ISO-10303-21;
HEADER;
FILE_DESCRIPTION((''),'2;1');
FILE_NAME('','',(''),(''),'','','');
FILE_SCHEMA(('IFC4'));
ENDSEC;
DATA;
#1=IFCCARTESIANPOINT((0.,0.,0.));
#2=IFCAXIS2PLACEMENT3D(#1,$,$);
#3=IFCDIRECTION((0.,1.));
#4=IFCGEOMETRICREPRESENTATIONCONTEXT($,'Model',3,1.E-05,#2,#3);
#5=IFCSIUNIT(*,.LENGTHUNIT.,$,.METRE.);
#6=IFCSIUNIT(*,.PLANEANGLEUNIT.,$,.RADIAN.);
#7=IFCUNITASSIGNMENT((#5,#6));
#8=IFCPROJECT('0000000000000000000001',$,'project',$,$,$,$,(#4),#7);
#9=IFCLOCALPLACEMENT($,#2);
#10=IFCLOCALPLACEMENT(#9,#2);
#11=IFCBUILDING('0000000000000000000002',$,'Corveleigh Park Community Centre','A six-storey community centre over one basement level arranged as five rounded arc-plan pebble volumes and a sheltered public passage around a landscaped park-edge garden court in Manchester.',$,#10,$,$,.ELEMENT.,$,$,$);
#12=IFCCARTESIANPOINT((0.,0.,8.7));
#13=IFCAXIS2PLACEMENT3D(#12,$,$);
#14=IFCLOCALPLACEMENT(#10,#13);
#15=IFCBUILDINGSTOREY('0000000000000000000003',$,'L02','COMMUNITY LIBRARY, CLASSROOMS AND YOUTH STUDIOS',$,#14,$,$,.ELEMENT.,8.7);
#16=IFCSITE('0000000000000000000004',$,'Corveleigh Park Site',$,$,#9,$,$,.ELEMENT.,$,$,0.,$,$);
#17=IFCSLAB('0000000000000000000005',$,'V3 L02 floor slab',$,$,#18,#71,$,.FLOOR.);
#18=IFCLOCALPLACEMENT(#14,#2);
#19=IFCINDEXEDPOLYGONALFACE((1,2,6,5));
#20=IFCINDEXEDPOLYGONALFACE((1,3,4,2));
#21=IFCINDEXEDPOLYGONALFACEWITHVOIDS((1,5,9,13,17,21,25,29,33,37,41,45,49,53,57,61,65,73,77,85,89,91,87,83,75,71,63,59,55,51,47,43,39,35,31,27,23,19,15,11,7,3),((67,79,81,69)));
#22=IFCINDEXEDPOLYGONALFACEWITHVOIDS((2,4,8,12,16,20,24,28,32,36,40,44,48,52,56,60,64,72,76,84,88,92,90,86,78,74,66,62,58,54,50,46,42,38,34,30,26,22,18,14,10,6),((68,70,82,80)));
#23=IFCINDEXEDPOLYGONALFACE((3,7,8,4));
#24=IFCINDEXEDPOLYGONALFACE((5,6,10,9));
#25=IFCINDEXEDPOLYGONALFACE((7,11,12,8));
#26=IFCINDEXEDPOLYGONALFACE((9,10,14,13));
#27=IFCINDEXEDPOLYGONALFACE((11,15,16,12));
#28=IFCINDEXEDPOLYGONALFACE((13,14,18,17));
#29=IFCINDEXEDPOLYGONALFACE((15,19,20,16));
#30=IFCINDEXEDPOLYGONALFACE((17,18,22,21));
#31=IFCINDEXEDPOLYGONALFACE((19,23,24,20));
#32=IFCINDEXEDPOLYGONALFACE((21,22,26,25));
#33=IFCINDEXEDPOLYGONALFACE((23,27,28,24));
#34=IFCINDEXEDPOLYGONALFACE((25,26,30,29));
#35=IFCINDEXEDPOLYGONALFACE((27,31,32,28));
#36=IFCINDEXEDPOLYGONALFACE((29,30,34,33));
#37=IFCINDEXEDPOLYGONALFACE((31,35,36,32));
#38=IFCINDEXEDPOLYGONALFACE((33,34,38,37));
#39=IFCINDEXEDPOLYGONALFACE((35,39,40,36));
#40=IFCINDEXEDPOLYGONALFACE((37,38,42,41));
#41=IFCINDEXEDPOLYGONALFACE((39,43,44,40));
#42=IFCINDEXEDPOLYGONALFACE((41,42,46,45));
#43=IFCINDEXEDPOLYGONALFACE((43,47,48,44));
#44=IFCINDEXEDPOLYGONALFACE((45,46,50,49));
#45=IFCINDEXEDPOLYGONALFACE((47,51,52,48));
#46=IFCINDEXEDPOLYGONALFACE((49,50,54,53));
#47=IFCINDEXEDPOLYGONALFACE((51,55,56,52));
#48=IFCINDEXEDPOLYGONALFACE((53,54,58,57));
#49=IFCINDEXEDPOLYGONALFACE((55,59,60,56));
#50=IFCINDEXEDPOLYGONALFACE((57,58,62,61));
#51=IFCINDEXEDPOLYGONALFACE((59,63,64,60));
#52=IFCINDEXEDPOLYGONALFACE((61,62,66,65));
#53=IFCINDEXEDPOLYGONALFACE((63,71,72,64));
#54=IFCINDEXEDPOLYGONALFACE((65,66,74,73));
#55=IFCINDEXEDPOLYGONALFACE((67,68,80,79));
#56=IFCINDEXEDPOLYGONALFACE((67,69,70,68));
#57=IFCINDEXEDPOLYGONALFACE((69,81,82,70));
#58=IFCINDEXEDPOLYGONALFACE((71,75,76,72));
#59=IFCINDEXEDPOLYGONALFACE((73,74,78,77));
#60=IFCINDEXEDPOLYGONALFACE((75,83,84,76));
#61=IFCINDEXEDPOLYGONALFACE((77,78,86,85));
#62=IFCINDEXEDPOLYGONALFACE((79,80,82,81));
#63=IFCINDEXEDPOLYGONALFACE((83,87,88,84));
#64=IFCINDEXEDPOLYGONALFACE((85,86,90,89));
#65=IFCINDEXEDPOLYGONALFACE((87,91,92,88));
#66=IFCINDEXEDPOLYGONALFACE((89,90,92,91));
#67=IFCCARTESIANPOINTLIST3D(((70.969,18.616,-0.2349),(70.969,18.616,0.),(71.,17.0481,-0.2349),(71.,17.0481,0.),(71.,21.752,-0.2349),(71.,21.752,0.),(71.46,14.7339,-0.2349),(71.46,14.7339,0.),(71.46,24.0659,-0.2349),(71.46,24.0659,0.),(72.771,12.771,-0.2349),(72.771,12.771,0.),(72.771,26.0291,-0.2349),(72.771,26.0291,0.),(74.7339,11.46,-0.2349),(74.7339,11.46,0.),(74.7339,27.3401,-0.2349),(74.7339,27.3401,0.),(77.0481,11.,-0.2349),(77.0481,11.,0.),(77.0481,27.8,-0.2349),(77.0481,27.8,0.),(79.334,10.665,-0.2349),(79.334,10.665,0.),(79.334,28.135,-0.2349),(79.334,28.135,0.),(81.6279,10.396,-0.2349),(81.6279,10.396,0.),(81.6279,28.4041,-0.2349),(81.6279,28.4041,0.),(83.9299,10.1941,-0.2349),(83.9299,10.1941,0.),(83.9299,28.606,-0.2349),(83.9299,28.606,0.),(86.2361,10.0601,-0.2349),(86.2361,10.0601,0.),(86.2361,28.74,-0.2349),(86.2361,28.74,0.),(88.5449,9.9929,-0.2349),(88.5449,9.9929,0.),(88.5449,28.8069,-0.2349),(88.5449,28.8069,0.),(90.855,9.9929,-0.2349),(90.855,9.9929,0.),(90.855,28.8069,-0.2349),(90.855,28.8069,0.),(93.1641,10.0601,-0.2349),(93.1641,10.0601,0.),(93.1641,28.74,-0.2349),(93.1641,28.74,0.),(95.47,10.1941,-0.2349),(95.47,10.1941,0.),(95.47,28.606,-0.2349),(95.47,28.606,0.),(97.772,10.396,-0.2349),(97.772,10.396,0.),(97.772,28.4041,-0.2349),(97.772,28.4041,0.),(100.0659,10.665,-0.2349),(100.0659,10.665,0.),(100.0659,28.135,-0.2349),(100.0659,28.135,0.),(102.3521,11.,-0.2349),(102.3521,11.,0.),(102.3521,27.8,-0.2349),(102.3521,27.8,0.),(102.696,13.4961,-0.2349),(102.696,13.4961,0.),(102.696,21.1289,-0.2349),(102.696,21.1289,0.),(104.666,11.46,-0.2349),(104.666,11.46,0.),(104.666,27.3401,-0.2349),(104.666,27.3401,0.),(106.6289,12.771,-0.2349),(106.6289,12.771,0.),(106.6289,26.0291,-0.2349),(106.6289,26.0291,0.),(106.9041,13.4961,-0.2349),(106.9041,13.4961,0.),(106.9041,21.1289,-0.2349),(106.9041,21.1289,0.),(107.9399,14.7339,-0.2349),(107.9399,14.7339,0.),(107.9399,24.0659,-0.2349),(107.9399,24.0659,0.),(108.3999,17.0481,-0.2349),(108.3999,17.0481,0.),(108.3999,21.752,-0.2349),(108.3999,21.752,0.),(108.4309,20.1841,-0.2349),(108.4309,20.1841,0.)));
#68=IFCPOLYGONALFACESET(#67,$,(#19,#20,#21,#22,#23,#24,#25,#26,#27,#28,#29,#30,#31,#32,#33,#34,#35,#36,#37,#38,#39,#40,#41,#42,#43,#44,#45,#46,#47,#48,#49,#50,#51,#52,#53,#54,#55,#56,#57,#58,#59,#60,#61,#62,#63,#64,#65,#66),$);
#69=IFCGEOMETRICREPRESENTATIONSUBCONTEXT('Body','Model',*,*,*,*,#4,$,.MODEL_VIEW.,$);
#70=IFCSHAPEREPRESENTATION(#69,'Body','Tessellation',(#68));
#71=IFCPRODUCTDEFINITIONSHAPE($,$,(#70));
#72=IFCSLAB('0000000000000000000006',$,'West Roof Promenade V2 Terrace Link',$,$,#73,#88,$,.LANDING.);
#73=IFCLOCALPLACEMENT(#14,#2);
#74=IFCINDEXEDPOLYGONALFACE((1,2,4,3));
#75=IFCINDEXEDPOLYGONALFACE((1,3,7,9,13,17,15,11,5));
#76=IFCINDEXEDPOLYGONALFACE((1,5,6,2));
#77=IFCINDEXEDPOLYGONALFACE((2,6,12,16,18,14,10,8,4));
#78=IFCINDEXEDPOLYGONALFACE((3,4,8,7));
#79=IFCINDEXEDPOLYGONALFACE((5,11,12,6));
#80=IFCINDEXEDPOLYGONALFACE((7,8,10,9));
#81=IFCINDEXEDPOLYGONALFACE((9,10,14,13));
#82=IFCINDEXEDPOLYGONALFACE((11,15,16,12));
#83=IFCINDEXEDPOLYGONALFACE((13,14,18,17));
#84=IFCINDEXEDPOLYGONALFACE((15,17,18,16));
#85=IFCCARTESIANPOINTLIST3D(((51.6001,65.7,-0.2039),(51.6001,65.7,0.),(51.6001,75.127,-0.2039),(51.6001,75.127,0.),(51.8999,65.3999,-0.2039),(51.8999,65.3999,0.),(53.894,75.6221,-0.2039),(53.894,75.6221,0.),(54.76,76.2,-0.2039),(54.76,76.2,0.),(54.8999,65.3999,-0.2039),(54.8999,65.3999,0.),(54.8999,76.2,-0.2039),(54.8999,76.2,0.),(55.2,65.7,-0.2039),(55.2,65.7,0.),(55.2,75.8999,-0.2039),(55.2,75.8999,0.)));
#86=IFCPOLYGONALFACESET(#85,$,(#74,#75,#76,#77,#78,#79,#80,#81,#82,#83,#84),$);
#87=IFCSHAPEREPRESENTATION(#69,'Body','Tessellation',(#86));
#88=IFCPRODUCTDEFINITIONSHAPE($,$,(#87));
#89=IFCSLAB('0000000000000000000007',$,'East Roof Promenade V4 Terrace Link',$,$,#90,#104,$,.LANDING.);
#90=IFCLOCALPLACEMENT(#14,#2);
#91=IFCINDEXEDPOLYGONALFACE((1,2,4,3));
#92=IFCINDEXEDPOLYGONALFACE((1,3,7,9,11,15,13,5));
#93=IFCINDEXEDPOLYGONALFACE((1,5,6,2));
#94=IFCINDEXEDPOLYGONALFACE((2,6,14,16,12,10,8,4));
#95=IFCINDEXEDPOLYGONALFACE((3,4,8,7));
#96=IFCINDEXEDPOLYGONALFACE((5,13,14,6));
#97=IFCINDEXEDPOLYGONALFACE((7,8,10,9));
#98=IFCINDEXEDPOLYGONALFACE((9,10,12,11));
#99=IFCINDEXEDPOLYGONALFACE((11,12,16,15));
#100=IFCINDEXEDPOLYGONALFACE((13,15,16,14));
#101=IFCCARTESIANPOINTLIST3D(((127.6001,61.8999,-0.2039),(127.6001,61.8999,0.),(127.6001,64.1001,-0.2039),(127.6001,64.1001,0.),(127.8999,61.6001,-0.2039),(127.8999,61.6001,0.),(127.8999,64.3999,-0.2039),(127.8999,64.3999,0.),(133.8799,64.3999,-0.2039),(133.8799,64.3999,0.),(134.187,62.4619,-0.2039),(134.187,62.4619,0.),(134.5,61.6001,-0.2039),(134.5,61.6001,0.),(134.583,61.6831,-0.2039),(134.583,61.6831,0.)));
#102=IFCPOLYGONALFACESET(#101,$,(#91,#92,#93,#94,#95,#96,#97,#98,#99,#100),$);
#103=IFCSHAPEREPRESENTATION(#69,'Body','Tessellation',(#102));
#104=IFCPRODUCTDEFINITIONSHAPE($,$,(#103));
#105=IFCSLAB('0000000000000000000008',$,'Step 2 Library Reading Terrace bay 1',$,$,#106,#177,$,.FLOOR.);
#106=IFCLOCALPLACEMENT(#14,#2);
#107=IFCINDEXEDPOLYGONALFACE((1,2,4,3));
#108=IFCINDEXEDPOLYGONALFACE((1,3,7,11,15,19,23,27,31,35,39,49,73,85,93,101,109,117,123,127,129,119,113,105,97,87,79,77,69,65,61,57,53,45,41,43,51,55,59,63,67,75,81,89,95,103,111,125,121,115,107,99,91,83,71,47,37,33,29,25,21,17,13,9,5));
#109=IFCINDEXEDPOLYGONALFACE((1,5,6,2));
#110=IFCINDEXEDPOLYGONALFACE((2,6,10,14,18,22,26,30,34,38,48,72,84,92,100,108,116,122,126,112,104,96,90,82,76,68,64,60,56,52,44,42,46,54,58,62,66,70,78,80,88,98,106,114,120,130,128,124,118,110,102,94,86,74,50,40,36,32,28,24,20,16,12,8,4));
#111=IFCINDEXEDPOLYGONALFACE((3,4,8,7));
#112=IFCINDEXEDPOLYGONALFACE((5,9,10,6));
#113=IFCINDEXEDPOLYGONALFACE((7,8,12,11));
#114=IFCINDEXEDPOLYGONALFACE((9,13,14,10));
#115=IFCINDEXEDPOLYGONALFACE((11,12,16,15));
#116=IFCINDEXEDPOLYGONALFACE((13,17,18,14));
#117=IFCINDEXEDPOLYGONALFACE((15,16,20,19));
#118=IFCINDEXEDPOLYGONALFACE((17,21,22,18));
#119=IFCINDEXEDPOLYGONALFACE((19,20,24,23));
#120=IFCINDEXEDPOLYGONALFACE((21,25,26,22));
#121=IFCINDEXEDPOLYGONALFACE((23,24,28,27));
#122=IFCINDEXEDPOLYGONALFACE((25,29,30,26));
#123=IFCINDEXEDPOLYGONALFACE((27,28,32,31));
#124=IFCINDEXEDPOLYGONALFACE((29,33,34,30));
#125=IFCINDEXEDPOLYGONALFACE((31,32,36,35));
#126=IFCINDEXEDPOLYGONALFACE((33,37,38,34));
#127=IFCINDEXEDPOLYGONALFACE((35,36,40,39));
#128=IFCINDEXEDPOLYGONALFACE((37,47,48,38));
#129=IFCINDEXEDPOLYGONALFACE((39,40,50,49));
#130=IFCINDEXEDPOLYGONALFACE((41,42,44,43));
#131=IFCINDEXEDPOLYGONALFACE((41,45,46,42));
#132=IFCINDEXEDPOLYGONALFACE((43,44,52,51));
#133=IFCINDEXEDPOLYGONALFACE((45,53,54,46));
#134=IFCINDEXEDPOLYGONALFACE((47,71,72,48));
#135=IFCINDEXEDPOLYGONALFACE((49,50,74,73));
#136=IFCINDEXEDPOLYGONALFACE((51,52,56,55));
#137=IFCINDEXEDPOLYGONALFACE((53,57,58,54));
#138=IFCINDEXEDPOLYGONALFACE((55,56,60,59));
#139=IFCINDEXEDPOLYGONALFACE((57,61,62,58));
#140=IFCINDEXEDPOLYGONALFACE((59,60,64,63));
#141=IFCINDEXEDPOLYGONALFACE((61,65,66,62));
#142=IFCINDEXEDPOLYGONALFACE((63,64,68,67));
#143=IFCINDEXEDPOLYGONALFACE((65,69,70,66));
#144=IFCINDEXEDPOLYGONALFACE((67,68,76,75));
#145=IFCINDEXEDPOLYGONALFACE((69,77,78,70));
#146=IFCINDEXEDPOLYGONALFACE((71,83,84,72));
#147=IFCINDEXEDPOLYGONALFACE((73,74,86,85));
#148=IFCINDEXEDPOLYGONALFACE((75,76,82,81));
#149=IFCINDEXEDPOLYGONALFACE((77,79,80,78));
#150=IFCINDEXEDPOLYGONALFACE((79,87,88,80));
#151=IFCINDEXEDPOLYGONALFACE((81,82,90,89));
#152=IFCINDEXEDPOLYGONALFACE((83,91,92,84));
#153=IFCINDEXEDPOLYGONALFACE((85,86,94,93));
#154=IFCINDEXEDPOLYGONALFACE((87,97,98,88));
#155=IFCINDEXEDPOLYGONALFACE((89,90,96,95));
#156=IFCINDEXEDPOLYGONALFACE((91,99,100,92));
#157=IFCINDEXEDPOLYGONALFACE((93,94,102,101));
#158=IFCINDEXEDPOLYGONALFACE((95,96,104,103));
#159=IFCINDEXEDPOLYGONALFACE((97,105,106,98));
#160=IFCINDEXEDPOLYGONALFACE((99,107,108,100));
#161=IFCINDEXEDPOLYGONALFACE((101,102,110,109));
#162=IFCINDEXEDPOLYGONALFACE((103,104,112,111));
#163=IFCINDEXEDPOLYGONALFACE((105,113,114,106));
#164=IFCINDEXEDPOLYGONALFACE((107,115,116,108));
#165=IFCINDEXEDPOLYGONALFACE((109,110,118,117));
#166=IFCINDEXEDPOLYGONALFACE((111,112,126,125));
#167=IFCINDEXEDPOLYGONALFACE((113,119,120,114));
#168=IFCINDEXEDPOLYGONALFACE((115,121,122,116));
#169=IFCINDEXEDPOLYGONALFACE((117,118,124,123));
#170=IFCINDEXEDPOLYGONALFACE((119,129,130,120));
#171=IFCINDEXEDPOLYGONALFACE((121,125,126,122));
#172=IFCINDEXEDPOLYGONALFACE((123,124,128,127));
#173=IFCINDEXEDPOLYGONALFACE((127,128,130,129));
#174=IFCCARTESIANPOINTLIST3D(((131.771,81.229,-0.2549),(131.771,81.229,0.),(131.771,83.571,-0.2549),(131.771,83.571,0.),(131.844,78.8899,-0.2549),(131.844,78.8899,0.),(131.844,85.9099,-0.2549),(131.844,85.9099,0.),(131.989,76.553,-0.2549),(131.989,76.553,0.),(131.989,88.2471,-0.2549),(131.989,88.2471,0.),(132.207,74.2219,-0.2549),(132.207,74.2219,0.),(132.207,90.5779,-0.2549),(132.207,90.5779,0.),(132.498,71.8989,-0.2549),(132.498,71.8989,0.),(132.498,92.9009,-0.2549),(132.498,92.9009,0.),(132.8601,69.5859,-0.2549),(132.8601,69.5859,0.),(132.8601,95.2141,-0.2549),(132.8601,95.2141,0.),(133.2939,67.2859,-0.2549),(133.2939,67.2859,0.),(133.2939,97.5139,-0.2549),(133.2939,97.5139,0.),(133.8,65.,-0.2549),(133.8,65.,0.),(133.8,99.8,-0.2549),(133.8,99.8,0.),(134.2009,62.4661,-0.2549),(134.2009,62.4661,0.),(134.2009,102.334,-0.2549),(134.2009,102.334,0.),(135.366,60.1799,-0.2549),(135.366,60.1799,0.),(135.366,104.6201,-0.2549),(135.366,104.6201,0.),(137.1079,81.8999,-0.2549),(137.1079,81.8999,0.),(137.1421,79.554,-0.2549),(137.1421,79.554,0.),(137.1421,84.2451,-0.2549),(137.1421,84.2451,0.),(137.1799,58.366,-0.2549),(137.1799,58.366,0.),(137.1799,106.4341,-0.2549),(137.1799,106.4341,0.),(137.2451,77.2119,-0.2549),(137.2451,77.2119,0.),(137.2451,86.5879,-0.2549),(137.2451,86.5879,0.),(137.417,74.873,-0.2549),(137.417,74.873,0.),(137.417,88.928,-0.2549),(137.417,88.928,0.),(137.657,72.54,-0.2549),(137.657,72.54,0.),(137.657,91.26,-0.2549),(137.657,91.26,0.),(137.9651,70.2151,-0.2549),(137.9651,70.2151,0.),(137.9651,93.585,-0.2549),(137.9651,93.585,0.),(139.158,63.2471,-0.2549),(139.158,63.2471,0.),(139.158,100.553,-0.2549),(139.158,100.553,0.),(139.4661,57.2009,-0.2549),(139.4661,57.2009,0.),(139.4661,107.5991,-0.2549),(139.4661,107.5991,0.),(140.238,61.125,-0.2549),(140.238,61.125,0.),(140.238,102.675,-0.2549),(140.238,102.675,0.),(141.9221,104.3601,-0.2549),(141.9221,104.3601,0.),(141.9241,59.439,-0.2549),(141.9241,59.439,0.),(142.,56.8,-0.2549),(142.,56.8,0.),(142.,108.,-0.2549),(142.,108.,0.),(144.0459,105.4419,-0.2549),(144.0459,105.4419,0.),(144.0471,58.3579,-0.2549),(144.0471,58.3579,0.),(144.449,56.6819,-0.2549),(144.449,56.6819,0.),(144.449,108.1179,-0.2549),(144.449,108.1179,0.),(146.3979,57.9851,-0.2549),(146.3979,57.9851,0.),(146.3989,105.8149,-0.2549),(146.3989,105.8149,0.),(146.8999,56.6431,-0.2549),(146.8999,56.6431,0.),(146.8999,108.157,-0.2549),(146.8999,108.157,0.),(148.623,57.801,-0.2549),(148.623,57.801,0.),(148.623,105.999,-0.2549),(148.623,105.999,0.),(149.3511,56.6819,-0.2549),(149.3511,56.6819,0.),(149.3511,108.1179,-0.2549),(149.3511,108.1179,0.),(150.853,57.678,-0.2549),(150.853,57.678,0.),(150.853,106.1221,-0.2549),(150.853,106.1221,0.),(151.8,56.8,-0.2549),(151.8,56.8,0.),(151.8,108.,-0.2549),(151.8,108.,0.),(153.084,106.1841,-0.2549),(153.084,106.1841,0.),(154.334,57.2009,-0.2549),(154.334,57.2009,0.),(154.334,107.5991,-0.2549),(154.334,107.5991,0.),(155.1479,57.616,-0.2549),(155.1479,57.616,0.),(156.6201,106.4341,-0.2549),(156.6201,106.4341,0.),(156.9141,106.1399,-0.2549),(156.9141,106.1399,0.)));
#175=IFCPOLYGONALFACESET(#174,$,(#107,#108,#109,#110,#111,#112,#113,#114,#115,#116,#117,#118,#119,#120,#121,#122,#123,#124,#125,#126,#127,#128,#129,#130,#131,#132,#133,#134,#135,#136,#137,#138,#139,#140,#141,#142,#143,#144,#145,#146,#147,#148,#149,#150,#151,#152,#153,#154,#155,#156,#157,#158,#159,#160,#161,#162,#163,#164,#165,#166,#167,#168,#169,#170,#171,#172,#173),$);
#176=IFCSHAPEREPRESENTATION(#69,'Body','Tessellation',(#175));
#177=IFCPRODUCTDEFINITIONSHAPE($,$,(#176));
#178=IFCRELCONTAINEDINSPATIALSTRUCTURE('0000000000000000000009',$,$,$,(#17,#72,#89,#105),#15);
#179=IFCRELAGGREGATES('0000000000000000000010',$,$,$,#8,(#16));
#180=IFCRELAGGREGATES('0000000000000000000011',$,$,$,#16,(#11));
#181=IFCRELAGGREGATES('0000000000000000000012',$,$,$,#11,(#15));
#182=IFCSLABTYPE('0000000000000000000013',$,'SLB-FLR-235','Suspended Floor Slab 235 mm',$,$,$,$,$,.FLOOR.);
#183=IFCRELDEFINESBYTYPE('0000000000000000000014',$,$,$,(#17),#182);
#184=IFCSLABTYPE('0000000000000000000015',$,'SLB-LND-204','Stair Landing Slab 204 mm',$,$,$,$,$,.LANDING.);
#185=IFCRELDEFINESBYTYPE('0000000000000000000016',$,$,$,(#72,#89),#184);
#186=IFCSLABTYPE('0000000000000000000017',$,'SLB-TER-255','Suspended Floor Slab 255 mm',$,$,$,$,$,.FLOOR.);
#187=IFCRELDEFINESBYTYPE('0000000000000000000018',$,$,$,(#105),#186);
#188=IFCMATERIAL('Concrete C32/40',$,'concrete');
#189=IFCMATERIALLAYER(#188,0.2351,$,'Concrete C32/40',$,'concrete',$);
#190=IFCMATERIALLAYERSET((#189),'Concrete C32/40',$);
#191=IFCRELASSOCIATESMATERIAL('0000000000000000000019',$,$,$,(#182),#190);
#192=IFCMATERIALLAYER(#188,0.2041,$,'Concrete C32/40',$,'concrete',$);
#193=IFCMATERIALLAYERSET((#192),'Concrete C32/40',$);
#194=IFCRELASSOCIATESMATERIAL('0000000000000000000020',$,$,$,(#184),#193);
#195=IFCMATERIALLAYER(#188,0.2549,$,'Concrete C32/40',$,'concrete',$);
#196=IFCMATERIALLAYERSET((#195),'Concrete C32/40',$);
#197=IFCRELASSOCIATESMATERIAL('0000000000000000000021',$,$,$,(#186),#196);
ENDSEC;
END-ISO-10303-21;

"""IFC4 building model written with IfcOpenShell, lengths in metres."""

from ifc_helpers import new_model, si_unit, direction, frame, origin, place, context, subcontext, project, spatial, polyline, outline, extrude, material, layer, layer_set, type_object, element, save


model = new_model("IFC4")

# Units and contexts
model_context = context("Model", 3, precision=1e-05, world=origin(), true_north=direction((0.0, 1.0)))
body_context = subcontext(model_context, "Body", "Model", "MODEL_VIEW")
ifc_project = project(units=[si_unit("LENGTHUNIT", "METRE"), si_unit("PLANEANGLEUNIT", "RADIAN")], contexts=[model_context])

# Site, building, storey
site_placement = place(None, origin())
site = spatial("IfcSite", under=ifc_project, at=site_placement, Name="Corveleigh Park Site", CompositionType="ELEMENT", RefElevation=0.0)
building_placement = place(site_placement, origin())
building = spatial("IfcBuilding", under=site, at=building_placement, Name="Corveleigh Park Community Centre", Description="A six-storey community centre over one basement level arranged as five rounded arc-plan pebble volumes and a sheltered public passage around a landscaped park-edge garden court in Manchester.", CompositionType="ELEMENT")
storey_placement = place(building_placement, frame((0.0, 0.0, 8.7)))
storey = spatial("IfcBuildingStorey", under=building, at=storey_placement, Name="L02", Description="COMMUNITY LIBRARY, CLASSROOMS AND YOUTH STUDIOS", CompositionType="ELEMENT", Elevation=8.7)

# Slabs
ifc_material_1 = material(Name="Concrete C32/40", Category="concrete")
ifc_layer_1 = layer(ifc_material_1, 0.2351, Name="Concrete C32/40", Category="concrete")
ifc_layer_set_1 = layer_set([ifc_layer_1], Name="Concrete C32/40")
slab_type_1 = type_object("IfcSlabType", Name="SLB-FLR-235", Description="Suspended Floor Slab 235 mm", PredefinedType="FLOOR", material=ifc_layer_set_1)
slab_1_placement = place(storey_placement, frame((0.0, 0.0, -0.2349)))
element("IfcSlab", 1, at=slab_1_placement, inside=storey, type_object=slab_type_1, Name="V3 L02 floor slab", PredefinedType="FLOOR", context=body_context, shape_type="SweptSolid", body=[
    extrude(outline(polyline([(74.7339, 11.46), (72.771, 12.771), (71.46, 14.7339), (71.0, 17.0481), (70.969, 18.616), (71.0, 21.752), (71.46, 24.0659), (72.771, 26.0291), (74.7339, 27.3401), (77.0481, 27.8), (79.334, 28.135), (81.6279, 28.4041), (83.9299, 28.606), (86.2361, 28.74), (88.5449, 28.8069), (90.855, 28.8069), (93.1641, 28.74), (95.47, 28.606), (97.772, 28.4041), (100.0659, 28.135), (102.3521, 27.8), (104.666, 27.3401), (106.6289, 26.0291), (107.9399, 24.0659), (108.3999, 21.752), (108.4309, 20.1841), (108.3999, 17.0481), (107.9399, 14.7339), (106.6289, 12.771), (104.666, 11.46), (102.3521, 11.0), (100.0659, 10.665), (97.772, 10.396), (95.47, 10.1941), (93.1641, 10.0601), (90.855, 9.9929), (88.5449, 9.9929), (86.2361, 10.0601), (83.9299, 10.1941), (81.6279, 10.396), (79.334, 10.665), (77.0481, 11.0), (74.7339, 11.46)]), holes=[polyline([(102.696, 21.1289), (102.696, 13.4961), (106.9041, 13.4961), (106.9041, 21.1289), (102.696, 21.1289)])]), origin(), (0.0, 0.0, 1.0), 0.2349),
])
ifc_layer_2 = layer(ifc_material_1, 0.2041, Name="Concrete C32/40", Category="concrete")
ifc_layer_set_2 = layer_set([ifc_layer_2], Name="Concrete C32/40")
slab_type_2 = type_object("IfcSlabType", Name="SLB-LND-204", Description="Stair Landing Slab 204 mm", PredefinedType="LANDING", material=ifc_layer_set_2)
slab_2_placement = place(storey_placement, frame((0.0, 0.0, -0.2039)))
element("IfcSlab", 2, at=slab_2_placement, inside=storey, type_object=slab_type_2, Name="West Roof Promenade V2 Terrace Link", PredefinedType="LANDING", context=body_context, shape_type="SweptSolid", body=[
    extrude(outline(polyline([(54.8999, 76.2), (55.2, 75.8999), (55.2, 65.7), (54.8999, 65.3999), (51.8999, 65.3999), (51.6001, 65.7), (51.6001, 75.127), (53.894, 75.6221), (54.76, 76.2), (54.8999, 76.2)])), origin(), (0.0, 0.0, 1.0), 0.2039),
])
slab_3_placement = place(storey_placement, frame((0.0, 0.0, -0.2039)))
element("IfcSlab", 3, at=slab_3_placement, inside=storey, type_object=slab_type_2, Name="East Roof Promenade V4 Terrace Link", PredefinedType="LANDING", context=body_context, shape_type="SweptSolid", body=[
    extrude(outline(polyline([(134.5, 61.6001), (127.8999, 61.6001), (127.6001, 61.8999), (127.6001, 64.1001), (127.8999, 64.3999), (133.8799, 64.3999), (134.187, 62.4619), (134.583, 61.6831), (134.5, 61.6001)])), origin(), (0.0, 0.0, 1.0), 0.2039),
])
ifc_layer_3 = layer(ifc_material_1, 0.2549, Name="Concrete C32/40", Category="concrete")
ifc_layer_set_3 = layer_set([ifc_layer_3], Name="Concrete C32/40")
slab_type_3 = type_object("IfcSlabType", Name="SLB-TER-255", Description="Suspended Floor Slab 255 mm", PredefinedType="FLOOR", material=ifc_layer_set_3)
slab_4_placement = place(storey_placement, frame((0.0, 0.0, -0.2549)))
element("IfcSlab", 4, at=slab_4_placement, inside=storey, type_object=slab_type_3, Name="Step 2 Library Reading Terrace bay 1", PredefinedType="FLOOR", context=body_context, shape_type="SweptSolid", body=[
    extrude(outline(polyline([(154.334, 57.2009), (151.8, 56.8), (149.3511, 56.6819), (146.8999, 56.6431), (144.449, 56.6819), (142.0, 56.8), (139.4661, 57.2009), (137.1799, 58.366), (135.366, 60.1799), (134.2009, 62.4661), (133.8, 65.0), (133.2939, 67.2859), (132.8601, 69.5859), (132.498, 71.8989), (132.207, 74.2219), (131.989, 76.553), (131.844, 78.8899), (131.771, 81.229), (131.771, 83.571), (131.844, 85.9099), (131.989, 88.2471), (132.207, 90.5779), (132.498, 92.9009), (132.8601, 95.2141), (133.2939, 97.5139), (133.8, 99.8), (134.2009, 102.334), (135.366, 104.6201), (137.1799, 106.4341), (139.4661, 107.5991), (142.0, 108.0), (144.449, 108.1179), (146.8999, 108.157), (149.3511, 108.1179), (151.8, 108.0), (154.334, 107.5991), (156.6201, 106.4341), (156.9141, 106.1399), (153.084, 106.1841), (150.853, 106.1221), (148.623, 105.999), (146.3989, 105.8149), (144.0459, 105.4419), (141.9221, 104.3601), (140.238, 102.675), (139.158, 100.553), (137.9651, 93.585), (137.657, 91.26), (137.417, 88.928), (137.2451, 86.5879), (137.1421, 84.2451), (137.1079, 81.8999), (137.1421, 79.554), (137.2451, 77.2119), (137.417, 74.873), (137.657, 72.54), (137.9651, 70.2151), (139.158, 63.2471), (140.238, 61.125), (141.9241, 59.439), (144.0471, 58.3579), (146.3979, 57.9851), (148.623, 57.801), (150.853, 57.678), (155.1479, 57.616), (154.334, 57.2009)])), origin(), (0.0, 0.0, 1.0), 0.2549),
])

save(model, "model.ifc")
